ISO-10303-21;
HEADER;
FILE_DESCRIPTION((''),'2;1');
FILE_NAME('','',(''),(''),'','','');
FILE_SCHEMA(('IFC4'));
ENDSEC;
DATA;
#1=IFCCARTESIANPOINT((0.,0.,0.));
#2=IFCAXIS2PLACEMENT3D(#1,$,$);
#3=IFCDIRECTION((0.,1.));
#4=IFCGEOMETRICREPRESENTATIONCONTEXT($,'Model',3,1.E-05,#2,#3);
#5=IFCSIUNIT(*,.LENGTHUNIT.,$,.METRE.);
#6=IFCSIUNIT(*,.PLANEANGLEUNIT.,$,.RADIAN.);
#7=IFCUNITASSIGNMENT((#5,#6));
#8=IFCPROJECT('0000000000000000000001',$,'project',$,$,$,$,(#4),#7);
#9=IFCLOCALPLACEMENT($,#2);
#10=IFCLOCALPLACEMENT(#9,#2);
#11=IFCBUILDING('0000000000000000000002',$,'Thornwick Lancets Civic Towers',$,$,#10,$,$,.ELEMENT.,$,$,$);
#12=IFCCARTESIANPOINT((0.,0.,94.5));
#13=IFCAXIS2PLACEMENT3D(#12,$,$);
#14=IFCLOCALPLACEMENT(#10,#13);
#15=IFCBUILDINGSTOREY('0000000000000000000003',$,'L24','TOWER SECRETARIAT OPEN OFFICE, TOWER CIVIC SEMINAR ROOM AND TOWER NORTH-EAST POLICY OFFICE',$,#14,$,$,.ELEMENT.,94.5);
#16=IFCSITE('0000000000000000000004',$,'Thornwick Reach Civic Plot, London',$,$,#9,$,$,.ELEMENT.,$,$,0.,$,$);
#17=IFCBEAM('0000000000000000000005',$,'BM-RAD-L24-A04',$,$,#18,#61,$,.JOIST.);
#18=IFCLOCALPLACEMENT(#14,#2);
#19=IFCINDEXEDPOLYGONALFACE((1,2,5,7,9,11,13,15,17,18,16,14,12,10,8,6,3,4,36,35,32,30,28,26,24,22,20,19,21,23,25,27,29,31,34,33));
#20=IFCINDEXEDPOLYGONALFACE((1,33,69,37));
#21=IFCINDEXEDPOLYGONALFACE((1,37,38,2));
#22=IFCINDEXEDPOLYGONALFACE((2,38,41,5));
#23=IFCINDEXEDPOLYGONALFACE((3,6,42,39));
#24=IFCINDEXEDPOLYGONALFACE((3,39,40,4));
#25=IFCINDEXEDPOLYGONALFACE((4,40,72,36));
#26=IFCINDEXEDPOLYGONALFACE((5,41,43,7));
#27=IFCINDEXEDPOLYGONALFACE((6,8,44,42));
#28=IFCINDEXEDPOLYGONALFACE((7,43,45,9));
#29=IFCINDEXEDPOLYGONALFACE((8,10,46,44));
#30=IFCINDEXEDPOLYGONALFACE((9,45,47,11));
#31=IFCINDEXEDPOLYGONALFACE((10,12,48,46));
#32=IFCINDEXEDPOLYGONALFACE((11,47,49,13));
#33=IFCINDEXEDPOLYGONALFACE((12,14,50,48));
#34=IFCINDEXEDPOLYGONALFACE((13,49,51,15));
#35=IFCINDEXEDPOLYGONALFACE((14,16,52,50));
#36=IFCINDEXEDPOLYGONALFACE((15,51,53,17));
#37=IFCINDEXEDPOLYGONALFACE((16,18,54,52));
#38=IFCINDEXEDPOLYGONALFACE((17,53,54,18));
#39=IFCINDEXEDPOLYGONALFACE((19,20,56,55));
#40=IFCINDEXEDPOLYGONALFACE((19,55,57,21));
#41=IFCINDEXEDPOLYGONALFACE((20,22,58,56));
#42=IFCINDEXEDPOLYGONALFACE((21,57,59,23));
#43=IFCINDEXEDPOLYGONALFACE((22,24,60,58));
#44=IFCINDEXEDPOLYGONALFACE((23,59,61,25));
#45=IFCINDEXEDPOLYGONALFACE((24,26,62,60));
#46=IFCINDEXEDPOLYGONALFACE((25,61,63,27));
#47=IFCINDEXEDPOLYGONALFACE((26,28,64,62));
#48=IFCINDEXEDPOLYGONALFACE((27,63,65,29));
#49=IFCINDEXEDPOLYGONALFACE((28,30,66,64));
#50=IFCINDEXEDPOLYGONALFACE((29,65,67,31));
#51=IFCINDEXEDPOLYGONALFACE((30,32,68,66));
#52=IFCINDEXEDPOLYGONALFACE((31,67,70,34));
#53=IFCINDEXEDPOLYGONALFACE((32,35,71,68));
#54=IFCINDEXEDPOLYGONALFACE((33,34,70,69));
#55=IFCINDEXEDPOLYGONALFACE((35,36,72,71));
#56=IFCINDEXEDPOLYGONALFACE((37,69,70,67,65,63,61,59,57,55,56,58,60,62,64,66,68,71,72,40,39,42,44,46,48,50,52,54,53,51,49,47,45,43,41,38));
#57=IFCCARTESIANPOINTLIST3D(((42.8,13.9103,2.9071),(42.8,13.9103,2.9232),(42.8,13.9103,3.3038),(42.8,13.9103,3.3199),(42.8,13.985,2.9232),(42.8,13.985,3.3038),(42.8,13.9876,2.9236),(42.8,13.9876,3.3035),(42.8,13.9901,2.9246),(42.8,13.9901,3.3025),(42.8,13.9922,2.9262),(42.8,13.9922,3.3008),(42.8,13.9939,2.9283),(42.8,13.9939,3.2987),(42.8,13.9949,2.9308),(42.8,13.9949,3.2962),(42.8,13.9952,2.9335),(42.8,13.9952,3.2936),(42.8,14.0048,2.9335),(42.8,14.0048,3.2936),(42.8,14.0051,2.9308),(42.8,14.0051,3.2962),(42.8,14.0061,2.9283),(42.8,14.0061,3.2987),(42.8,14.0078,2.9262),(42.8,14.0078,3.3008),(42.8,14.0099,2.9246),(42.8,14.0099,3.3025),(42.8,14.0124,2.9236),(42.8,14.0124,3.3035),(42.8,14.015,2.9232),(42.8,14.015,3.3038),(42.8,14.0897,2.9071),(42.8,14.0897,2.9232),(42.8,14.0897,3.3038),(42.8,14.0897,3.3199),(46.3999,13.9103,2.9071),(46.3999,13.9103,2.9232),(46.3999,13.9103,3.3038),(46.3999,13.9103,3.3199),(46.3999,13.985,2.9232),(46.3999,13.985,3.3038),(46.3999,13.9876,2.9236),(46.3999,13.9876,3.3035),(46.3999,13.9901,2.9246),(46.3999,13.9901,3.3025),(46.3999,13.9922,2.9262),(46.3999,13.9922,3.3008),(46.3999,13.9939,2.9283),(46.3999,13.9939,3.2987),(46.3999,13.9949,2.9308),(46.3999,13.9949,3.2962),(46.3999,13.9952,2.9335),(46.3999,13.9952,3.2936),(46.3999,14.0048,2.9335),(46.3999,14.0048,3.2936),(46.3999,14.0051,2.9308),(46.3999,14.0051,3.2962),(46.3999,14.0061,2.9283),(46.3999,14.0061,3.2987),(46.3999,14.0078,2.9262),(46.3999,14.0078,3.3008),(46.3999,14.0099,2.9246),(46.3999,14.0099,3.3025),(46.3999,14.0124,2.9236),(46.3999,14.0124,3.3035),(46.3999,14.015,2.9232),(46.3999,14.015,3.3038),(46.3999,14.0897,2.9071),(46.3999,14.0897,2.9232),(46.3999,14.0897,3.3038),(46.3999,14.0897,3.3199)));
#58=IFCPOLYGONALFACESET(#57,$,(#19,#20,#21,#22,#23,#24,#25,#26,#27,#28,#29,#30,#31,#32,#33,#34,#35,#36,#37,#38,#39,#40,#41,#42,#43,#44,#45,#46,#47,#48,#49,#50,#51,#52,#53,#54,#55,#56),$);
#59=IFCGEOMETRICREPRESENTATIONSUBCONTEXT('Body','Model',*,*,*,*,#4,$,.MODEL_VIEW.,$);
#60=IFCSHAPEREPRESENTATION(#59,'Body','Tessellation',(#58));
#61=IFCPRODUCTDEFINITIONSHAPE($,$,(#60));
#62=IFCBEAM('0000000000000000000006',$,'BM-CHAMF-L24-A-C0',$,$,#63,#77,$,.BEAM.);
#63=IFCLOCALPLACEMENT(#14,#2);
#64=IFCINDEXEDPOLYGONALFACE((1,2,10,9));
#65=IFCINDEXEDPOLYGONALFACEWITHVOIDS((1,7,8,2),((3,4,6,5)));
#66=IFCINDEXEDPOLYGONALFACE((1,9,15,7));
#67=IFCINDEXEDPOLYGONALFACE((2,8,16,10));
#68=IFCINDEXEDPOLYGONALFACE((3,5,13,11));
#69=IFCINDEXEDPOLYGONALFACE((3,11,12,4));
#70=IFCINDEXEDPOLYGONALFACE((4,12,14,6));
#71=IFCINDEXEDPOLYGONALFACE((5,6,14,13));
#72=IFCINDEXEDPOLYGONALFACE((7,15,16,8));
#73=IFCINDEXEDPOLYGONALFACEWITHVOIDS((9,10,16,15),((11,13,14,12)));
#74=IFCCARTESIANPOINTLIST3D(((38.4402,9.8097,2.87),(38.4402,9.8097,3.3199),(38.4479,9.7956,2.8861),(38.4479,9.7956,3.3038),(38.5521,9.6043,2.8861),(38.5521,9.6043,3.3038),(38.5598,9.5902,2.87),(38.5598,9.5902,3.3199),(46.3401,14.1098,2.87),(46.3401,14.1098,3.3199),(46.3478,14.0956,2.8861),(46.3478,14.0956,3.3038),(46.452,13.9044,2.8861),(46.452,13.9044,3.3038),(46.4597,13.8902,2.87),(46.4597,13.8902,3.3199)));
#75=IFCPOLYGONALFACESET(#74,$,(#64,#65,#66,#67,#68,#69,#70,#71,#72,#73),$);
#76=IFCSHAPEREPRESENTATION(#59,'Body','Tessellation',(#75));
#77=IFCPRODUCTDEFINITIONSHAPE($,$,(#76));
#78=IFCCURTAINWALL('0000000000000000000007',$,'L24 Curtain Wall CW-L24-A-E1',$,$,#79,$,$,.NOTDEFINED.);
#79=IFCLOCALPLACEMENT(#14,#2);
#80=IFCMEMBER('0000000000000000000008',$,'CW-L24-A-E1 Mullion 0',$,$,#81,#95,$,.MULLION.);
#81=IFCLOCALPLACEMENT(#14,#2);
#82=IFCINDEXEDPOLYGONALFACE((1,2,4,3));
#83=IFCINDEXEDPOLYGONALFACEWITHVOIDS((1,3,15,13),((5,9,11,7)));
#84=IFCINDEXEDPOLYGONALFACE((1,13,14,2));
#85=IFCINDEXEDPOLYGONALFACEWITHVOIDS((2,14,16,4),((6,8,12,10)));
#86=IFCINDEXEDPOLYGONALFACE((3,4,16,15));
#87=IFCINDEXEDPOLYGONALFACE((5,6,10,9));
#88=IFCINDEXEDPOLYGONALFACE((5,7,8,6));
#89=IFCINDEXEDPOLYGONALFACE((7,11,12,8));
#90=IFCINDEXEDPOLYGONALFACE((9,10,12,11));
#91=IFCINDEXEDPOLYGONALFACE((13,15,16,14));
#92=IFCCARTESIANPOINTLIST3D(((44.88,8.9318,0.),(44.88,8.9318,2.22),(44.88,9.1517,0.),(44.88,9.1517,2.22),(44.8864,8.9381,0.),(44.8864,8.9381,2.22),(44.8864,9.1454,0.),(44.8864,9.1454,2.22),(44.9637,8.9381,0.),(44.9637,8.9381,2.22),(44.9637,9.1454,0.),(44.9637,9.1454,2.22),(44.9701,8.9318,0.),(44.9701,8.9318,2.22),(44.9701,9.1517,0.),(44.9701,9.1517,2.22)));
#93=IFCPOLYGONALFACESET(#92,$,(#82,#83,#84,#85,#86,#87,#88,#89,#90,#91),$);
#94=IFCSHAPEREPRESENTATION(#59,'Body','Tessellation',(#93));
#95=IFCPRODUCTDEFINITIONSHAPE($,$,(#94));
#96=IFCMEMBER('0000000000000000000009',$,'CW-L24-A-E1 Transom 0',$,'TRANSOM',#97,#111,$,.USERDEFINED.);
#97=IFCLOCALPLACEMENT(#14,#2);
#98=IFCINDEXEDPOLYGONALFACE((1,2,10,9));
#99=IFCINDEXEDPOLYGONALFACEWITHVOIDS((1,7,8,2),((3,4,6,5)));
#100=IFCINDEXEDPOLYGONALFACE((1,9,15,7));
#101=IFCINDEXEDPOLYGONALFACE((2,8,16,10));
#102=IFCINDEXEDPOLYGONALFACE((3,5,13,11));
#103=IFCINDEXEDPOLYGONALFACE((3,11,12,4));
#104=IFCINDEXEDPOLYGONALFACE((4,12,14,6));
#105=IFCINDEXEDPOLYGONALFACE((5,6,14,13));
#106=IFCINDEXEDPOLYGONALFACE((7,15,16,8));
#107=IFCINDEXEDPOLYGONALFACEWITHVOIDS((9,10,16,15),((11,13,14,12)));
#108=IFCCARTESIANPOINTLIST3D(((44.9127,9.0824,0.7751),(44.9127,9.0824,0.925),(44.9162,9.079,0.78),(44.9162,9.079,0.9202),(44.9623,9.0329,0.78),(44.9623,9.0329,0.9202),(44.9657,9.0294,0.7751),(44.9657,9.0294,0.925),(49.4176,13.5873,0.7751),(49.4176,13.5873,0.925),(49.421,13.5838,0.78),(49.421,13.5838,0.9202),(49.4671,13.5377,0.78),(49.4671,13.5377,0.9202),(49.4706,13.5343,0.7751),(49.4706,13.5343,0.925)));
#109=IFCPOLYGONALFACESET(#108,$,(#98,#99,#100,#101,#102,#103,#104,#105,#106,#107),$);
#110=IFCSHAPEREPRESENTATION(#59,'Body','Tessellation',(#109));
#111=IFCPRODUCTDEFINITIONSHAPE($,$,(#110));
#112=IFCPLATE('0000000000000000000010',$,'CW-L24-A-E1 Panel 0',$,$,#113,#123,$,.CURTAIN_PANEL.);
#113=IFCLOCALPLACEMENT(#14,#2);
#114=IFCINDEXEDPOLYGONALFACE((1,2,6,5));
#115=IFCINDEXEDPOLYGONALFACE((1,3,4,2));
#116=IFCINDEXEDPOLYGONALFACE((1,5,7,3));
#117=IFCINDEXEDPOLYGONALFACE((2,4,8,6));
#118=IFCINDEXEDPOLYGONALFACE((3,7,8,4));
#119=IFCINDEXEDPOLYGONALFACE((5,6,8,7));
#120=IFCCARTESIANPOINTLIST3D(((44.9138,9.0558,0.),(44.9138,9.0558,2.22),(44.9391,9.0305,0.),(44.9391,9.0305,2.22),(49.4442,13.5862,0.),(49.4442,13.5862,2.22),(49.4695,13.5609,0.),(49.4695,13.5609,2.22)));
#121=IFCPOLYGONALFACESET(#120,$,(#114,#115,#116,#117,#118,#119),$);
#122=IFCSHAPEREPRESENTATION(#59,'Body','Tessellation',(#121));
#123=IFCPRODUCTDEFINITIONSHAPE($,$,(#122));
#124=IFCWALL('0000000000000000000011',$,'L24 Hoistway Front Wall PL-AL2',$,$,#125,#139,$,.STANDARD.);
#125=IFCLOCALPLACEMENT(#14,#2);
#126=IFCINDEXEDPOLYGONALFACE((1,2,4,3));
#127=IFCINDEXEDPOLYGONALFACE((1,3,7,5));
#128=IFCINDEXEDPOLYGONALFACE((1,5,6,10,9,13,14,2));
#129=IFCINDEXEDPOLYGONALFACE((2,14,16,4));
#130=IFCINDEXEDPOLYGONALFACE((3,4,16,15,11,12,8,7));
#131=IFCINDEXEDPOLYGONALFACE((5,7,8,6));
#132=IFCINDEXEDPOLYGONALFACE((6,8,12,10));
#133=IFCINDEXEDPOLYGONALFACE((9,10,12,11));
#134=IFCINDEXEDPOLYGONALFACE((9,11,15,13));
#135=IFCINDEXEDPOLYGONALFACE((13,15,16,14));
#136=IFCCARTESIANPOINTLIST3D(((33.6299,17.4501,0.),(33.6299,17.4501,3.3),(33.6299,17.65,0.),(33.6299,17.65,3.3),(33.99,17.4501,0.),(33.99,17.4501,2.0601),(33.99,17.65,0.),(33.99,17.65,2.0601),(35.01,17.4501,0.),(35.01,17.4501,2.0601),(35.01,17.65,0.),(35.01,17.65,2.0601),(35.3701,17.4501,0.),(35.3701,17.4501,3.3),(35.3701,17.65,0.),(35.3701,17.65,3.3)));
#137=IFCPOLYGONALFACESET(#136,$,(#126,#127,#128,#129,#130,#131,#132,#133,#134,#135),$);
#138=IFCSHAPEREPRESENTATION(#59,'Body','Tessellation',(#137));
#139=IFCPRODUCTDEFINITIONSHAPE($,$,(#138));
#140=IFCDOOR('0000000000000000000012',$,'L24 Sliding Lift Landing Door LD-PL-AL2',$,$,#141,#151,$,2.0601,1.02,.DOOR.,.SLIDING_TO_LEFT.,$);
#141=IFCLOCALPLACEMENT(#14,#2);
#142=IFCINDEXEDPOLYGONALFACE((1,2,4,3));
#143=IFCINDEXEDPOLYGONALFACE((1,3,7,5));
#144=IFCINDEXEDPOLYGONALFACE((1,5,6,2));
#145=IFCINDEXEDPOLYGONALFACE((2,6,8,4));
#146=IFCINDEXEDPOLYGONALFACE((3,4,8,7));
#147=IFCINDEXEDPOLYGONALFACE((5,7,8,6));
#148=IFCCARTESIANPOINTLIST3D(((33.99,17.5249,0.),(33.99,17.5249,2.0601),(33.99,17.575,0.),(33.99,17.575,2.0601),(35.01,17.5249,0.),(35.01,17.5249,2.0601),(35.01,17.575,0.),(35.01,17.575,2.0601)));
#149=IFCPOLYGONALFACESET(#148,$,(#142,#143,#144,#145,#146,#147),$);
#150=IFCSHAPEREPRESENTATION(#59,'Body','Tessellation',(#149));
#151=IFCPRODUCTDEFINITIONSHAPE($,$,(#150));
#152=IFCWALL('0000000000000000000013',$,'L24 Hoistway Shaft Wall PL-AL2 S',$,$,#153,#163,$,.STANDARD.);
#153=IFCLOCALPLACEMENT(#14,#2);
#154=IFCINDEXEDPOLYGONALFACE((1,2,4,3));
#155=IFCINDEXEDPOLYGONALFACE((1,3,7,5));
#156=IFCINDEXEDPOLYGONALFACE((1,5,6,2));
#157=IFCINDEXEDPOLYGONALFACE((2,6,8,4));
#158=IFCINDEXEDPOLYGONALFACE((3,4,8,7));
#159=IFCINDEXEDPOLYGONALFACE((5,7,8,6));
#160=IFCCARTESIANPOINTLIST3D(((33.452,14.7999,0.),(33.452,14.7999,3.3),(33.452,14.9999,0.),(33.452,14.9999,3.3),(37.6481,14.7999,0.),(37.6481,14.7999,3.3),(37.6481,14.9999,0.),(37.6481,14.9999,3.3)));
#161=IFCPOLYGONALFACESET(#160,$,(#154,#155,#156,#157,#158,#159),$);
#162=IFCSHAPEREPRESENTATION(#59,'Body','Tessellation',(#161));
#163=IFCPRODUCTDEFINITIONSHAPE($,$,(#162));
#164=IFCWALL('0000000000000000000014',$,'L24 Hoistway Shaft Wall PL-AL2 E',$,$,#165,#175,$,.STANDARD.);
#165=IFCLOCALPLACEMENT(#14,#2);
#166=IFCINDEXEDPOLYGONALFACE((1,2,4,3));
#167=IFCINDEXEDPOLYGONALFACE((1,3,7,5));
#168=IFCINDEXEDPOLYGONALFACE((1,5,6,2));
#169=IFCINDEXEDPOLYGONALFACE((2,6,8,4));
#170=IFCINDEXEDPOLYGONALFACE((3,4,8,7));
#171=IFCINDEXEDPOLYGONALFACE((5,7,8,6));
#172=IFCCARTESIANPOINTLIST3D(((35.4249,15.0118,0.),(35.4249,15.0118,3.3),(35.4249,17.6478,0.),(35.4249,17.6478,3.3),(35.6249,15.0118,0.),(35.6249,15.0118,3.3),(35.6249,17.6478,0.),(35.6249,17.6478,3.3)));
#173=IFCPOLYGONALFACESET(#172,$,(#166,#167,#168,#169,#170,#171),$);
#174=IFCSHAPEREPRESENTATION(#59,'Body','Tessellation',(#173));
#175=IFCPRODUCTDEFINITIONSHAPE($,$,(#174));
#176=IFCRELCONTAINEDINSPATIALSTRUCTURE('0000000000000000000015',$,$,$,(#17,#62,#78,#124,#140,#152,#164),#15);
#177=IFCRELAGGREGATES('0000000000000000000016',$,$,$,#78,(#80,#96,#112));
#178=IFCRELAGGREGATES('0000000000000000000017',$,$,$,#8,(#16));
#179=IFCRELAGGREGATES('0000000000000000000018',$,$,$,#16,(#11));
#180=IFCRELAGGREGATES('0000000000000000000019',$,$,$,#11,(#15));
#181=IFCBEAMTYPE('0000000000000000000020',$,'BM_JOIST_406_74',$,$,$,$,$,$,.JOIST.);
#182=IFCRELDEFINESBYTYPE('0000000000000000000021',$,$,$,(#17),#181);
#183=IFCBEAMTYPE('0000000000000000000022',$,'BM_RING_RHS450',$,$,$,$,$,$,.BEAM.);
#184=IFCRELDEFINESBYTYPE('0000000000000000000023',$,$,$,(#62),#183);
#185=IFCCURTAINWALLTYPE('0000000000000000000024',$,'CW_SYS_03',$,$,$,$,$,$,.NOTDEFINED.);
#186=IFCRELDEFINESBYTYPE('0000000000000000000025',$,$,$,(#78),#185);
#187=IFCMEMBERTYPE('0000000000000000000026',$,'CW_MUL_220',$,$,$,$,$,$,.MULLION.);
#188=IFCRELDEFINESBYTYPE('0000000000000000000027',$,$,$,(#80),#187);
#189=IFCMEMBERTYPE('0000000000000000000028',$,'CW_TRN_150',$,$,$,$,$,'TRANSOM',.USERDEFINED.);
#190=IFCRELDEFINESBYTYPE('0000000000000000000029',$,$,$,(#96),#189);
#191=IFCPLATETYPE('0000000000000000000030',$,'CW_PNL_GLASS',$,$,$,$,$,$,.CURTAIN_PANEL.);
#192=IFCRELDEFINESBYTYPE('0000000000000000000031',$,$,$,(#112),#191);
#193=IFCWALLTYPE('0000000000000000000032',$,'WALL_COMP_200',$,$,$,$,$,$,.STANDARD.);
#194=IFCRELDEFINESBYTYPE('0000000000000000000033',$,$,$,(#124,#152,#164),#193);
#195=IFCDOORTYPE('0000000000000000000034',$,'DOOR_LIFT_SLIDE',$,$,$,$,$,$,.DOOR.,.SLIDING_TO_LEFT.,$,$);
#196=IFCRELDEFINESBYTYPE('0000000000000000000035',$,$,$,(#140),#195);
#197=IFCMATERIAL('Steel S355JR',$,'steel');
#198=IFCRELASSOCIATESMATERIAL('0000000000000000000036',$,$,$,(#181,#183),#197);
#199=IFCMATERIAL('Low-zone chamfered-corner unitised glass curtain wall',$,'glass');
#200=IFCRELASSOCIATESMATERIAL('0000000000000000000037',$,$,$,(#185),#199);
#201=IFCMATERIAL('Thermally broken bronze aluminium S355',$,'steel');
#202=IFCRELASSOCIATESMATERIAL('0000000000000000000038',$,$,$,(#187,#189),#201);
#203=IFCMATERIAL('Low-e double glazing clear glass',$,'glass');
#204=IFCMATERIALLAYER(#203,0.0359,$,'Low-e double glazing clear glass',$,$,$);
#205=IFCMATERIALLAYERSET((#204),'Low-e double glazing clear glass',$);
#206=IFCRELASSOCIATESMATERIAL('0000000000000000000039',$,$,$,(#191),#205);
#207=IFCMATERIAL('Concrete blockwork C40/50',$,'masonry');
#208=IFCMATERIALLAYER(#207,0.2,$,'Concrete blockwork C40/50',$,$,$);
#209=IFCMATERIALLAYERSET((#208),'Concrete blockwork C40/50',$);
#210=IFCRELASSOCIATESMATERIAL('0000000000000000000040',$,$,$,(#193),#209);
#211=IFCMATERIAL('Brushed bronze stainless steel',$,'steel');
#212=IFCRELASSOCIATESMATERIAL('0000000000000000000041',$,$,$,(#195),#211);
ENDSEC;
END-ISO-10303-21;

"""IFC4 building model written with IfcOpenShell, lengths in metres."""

from ifc_helpers import new_model, si_unit, direction, frame, frame_2d, origin, origin_2d, place, context, subcontext, project, spatial, rectangle, hollow_rectangle, i_section, extrude, material, layer, layer_set, material_profile, profile_set, type_object, element, fill, aggregate, save


model = new_model("IFC4")

# Units and contexts
model_context = context("Model", 3, precision=1e-05, world=origin(), true_north=direction((0.0, 1.0)))
body_context = subcontext(model_context, "Body", "Model", "MODEL_VIEW")
ifc_project = project(units=[si_unit("LENGTHUNIT", "METRE"), si_unit("PLANEANGLEUNIT", "RADIAN")], contexts=[model_context])

# Site, building, storey
site_placement = place(None, origin())
site = spatial("IfcSite", under=ifc_project, at=site_placement, Name="Thornwick Reach Civic Plot, London", CompositionType="ELEMENT", RefElevation=0.0)
building_placement = place(site_placement, origin())
building = spatial("IfcBuilding", under=site, at=building_placement, Name="Thornwick Lancets Civic Towers", CompositionType="ELEMENT")
storey_placement = place(building_placement, frame((0.0, 0.0, 94.5)))
storey = spatial("IfcBuildingStorey", under=building, at=storey_placement, Name="L24", Description="TOWER SECRETARIAT OPEN OFFICE, TOWER CIVIC SEMINAR ROOM AND TOWER NORTH-EAST POLICY OFFICE", CompositionType="ELEMENT", Elevation=94.5)

# Beams
ifc_material_1 = material(Name="Steel S355JR", Category="steel")
ifc_material_profile_1 = material_profile(ifc_material_1, i_section(OverallWidth=0.1794, OverallDepth=0.4128, WebThickness=0.0095, FlangeThickness=0.0161, FilletRadius=0.0103, at=origin_2d()), Name="UKB 406x178x74")
ifc_profile_set_1 = profile_set([ifc_material_profile_1], Name="Steel S355JR")
beam_type_1 = type_object("IfcBeamType", Name="BM_JOIST_406_74", PredefinedType="JOIST", material=ifc_profile_set_1)
beam_1_placement = place(storey_placement, frame((42.8, 14.0, 3.1135), z_axis=(1.0, 0.0, 0.0), x_axis=(0.0, 1.0, 0.0)))
element("IfcBeam", 1, at=beam_1_placement, inside=storey, type_object=beam_type_1, Name="BM-RAD-L24-A04", PredefinedType="JOIST", context=body_context, shape_type="SweptSolid", body=[
    extrude(i_section(OverallWidth=0.1794, OverallDepth=0.4128, WebThickness=0.0095, FlangeThickness=0.0161, FilletRadius=0.0103, at=origin_2d()), origin(), (0.0, 0.0, 1.0), 3.5999),
])
ifc_material_profile_2 = material_profile(ifc_material_1, hollow_rectangle(XDim=0.25, YDim=0.45, WallThickness=0.0161, at=origin_2d()), Name="RHS 450x250x16")
ifc_profile_set_2 = profile_set([ifc_material_profile_2], Name="Steel S355JR")
beam_type_2 = type_object("IfcBeamType", Name="BM_RING_RHS450", PredefinedType="BEAM", material=ifc_profile_set_2)
beam_2_placement = place(storey_placement, frame((38.5, 9.7, 3.095), z_axis=(0.878315, 0.478082, 0.0), x_axis=(-0.478082, 0.878315, 0.0)))
element("IfcBeam", 2, at=beam_2_placement, inside=storey, type_object=beam_type_2, Name="BM-CHAMF-L24-A-C0", PredefinedType="BEAM", context=body_context, shape_type="SweptSolid", body=[
    extrude(hollow_rectangle(XDim=0.25, YDim=0.45, WallThickness=0.0161, at=origin_2d()), origin(), (0.0, 0.0, 1.0), 8.9944),
])

# Curtain wall, members, plate
ifc_material_2 = material(Name="Low-zone chamfered-corner unitised glass curtain wall", Category="glass")
curtain_wall_type = type_object("IfcCurtainWallType", Name="CW_SYS_03", PredefinedType="NOTDEFINED", material=ifc_material_2)
curtain_wall_placement = place(storey_placement, origin())
curtain_wall = element("IfcCurtainWall", 3, at=curtain_wall_placement, inside=storey, type_object=curtain_wall_type, Name="L24 Curtain Wall CW-L24-A-E1", PredefinedType="NOTDEFINED")
ifc_material_3 = material(Name="Thermally broken bronze aluminium S355", Category="steel")
ifc_material_profile_3 = material_profile(ifc_material_3, hollow_rectangle(XDim=0.0901, YDim=0.22, WallThickness=0.0063, at=origin_2d()), Name="RHS 220x90x6.3")
ifc_profile_set_3 = profile_set([ifc_material_profile_3], Name="Thermally broken bronze aluminium S355")
member_type_1 = type_object("IfcMemberType", Name="CW_MUL_220", PredefinedType="MULLION", material=ifc_profile_set_3)
member_1_placement = place(storey_placement, frame((44.925, 9.0417, 0.0), z_axis=(0.0, 0.0, 1.0), x_axis=(1.0, 0.0, 0.0)))
member_1 = element("IfcMember", 4, at=member_1_placement, type_object=member_type_1, Name="CW-L24-A-E1 Mullion 0", PredefinedType="MULLION", context=body_context, shape_type="SweptSolid", body=[
    extrude(hollow_rectangle(XDim=0.0901, YDim=0.22, WallThickness=0.0063, at=origin_2d()), origin(), (0.0, 0.0, 1.0), 2.22),
])
ifc_material_profile_4 = material_profile(ifc_material_3, hollow_rectangle(XDim=0.075, YDim=0.1499, WallThickness=0.0049, at=origin_2d()), Name="RHS 150x75x5")
ifc_profile_set_4 = profile_set([ifc_material_profile_4], Name="Thermally broken bronze aluminium S355")
member_type_2 = type_object("IfcMemberType", Name="CW_TRN_150", ElementType="TRANSOM", PredefinedType="USERDEFINED", material=ifc_profile_set_4)
member_2_placement = place(storey_placement, frame((44.9392, 9.0559, 0.8501), z_axis=(0.707107, 0.707107, 0.0), x_axis=(-0.707107, 0.707107, 0.0)))
member_2 = element("IfcMember", 5, at=member_2_placement, type_object=member_type_2, Name="CW-L24-A-E1 Transom 0", ObjectType="TRANSOM", PredefinedType="USERDEFINED", context=body_context, shape_type="SweptSolid", body=[
    extrude(hollow_rectangle(XDim=0.075, YDim=0.1499, WallThickness=0.0049, at=origin_2d()), origin(), (0.0, 0.0, 1.0), 6.3708),
])
ifc_material_4 = material(Name="Low-e double glazing clear glass", Category="glass")
ifc_layer_1 = layer(ifc_material_4, 0.0359, Name="Low-e double glazing clear glass")
ifc_layer_set_1 = layer_set([ifc_layer_1], Name="Low-e double glazing clear glass")
plate_type = type_object("IfcPlateType", Name="CW_PNL_GLASS", PredefinedType="CURTAIN_PANEL", material=ifc_layer_set_1)
plate_placement = place(storey_placement, frame((47.1917, 11.3083, 0.0), z_axis=(0.0, 0.0, 1.0), x_axis=(0.707107, 0.707107, 0.0)))
plate = element("IfcPlate", 6, at=plate_placement, type_object=plate_type, Name="CW-L24-A-E1 Panel 0", PredefinedType="CURTAIN_PANEL", context=body_context, shape_type="SweptSolid", body=[
    extrude(rectangle(XDim=6.407, YDim=0.0359, at=origin_2d()), origin(), (0.0, 0.0, 1.0), 2.22),
])
aggregate(curtain_wall, [member_1, member_2, plate])

# Wall, opening, door
ifc_material_5 = material(Name="Concrete blockwork C40/50", Category="masonry")
ifc_layer_2 = layer(ifc_material_5, 0.2, Name="Concrete blockwork C40/50")
ifc_layer_set_2 = layer_set([ifc_layer_2], Name="Concrete blockwork C40/50")
wall_type_1 = type_object("IfcWallType", Name="WALL_COMP_200", PredefinedType="STANDARD", material=ifc_layer_set_2)
wall_1_placement = place(storey_placement, frame((33.6299, 17.55, 0.0), z_axis=(0.0, 0.0, 1.0), x_axis=(1.0, 0.0, 0.0)))
wall_1 = element("IfcWall", 7, at=wall_1_placement, inside=storey, type_object=wall_type_1, Name="L24 Hoistway Front Wall PL-AL2", PredefinedType="STANDARD", context=body_context, shape_type="SweptSolid", body=[
    extrude(rectangle(XDim=1.7402, YDim=0.2, at=frame_2d((0.8701, 0.0))), origin(), (0.0, 0.0, 1.0), 3.3),
])
opening_placement = place(wall_1_placement, frame((0.3601, 0.0, 0.0)))
opening = element("IfcOpeningElement", 8, at=opening_placement, cuts=wall_1, PredefinedType="OPENING", context=body_context, shape_type="SweptSolid", body=[
    extrude(rectangle(XDim=1.02, YDim=2.0601, at=frame_2d((0.51, 1.03))), frame((0.0, 0.1099, 0.0), z_axis=(0.0, -1.0, 0.0), x_axis=(1.0, 0.0, 0.0)), (0.0, 0.0, 1.0), 0.22),
])
ifc_material_6 = material(Name="Brushed bronze stainless steel", Category="steel")
door_type = type_object("IfcDoorType", Name="DOOR_LIFT_SLIDE", OperationType="SLIDING_TO_LEFT", PredefinedType="DOOR", material=ifc_material_6)
door_placement = place(opening_placement, origin())
door = element("IfcDoor", 9, at=door_placement, inside=storey, type_object=door_type, Name="L24 Sliding Lift Landing Door LD-PL-AL2", OperationType="SLIDING_TO_LEFT", OverallHeight=2.0601, OverallWidth=1.02, PredefinedType="DOOR", context=body_context, shape_type="SweptSolid", body=[
    extrude(rectangle(XDim=1.02, YDim=2.0601, at=frame_2d((0.51, 1.03))), frame((0.0, 0.0249, 0.0), z_axis=(0.0, -1.0, 0.0), x_axis=(1.0, 0.0, 0.0)), (0.0, 0.0, 1.0), 0.05),
])
fill(opening, door)

# Walls
wall_2_placement = place(storey_placement, frame((33.4519, 14.8999, 0.0), z_axis=(0.0, 0.0, 1.0), x_axis=(1.0, 0.0, 0.0)))
element("IfcWall", 10, at=wall_2_placement, inside=storey, type_object=wall_type_1, Name="L24 Hoistway Shaft Wall PL-AL2 S", PredefinedType="STANDARD", context=body_context, shape_type="SweptSolid", body=[
    extrude(rectangle(XDim=4.196, YDim=0.2, at=frame_2d((2.0981, 0.0))), origin(), (0.0, 0.0, 1.0), 3.3),
])
for number, where, z_axis, x_axis, name in (
    (11, (35.5249, 15.012, 0.0), (0.0, 0.0, 1.0), (0.0, 1.0, 0.0), "L24 Hoistway Shaft Wall PL-AL2 E"),
):
    element("IfcWall", number, at=place(storey_placement, frame(where, z_axis=z_axis, x_axis=x_axis)), inside=storey, type_object=wall_type_1, Name=name, PredefinedType="STANDARD", context=body_context, shape_type="SweptSolid", body=[
        extrude(rectangle(XDim=2.636, YDim=0.2, at=frame_2d((1.3179, 0.0))), origin(), (0.0, 0.0, 1.0), 3.3),
    ])

save(model, "model.ifc")
